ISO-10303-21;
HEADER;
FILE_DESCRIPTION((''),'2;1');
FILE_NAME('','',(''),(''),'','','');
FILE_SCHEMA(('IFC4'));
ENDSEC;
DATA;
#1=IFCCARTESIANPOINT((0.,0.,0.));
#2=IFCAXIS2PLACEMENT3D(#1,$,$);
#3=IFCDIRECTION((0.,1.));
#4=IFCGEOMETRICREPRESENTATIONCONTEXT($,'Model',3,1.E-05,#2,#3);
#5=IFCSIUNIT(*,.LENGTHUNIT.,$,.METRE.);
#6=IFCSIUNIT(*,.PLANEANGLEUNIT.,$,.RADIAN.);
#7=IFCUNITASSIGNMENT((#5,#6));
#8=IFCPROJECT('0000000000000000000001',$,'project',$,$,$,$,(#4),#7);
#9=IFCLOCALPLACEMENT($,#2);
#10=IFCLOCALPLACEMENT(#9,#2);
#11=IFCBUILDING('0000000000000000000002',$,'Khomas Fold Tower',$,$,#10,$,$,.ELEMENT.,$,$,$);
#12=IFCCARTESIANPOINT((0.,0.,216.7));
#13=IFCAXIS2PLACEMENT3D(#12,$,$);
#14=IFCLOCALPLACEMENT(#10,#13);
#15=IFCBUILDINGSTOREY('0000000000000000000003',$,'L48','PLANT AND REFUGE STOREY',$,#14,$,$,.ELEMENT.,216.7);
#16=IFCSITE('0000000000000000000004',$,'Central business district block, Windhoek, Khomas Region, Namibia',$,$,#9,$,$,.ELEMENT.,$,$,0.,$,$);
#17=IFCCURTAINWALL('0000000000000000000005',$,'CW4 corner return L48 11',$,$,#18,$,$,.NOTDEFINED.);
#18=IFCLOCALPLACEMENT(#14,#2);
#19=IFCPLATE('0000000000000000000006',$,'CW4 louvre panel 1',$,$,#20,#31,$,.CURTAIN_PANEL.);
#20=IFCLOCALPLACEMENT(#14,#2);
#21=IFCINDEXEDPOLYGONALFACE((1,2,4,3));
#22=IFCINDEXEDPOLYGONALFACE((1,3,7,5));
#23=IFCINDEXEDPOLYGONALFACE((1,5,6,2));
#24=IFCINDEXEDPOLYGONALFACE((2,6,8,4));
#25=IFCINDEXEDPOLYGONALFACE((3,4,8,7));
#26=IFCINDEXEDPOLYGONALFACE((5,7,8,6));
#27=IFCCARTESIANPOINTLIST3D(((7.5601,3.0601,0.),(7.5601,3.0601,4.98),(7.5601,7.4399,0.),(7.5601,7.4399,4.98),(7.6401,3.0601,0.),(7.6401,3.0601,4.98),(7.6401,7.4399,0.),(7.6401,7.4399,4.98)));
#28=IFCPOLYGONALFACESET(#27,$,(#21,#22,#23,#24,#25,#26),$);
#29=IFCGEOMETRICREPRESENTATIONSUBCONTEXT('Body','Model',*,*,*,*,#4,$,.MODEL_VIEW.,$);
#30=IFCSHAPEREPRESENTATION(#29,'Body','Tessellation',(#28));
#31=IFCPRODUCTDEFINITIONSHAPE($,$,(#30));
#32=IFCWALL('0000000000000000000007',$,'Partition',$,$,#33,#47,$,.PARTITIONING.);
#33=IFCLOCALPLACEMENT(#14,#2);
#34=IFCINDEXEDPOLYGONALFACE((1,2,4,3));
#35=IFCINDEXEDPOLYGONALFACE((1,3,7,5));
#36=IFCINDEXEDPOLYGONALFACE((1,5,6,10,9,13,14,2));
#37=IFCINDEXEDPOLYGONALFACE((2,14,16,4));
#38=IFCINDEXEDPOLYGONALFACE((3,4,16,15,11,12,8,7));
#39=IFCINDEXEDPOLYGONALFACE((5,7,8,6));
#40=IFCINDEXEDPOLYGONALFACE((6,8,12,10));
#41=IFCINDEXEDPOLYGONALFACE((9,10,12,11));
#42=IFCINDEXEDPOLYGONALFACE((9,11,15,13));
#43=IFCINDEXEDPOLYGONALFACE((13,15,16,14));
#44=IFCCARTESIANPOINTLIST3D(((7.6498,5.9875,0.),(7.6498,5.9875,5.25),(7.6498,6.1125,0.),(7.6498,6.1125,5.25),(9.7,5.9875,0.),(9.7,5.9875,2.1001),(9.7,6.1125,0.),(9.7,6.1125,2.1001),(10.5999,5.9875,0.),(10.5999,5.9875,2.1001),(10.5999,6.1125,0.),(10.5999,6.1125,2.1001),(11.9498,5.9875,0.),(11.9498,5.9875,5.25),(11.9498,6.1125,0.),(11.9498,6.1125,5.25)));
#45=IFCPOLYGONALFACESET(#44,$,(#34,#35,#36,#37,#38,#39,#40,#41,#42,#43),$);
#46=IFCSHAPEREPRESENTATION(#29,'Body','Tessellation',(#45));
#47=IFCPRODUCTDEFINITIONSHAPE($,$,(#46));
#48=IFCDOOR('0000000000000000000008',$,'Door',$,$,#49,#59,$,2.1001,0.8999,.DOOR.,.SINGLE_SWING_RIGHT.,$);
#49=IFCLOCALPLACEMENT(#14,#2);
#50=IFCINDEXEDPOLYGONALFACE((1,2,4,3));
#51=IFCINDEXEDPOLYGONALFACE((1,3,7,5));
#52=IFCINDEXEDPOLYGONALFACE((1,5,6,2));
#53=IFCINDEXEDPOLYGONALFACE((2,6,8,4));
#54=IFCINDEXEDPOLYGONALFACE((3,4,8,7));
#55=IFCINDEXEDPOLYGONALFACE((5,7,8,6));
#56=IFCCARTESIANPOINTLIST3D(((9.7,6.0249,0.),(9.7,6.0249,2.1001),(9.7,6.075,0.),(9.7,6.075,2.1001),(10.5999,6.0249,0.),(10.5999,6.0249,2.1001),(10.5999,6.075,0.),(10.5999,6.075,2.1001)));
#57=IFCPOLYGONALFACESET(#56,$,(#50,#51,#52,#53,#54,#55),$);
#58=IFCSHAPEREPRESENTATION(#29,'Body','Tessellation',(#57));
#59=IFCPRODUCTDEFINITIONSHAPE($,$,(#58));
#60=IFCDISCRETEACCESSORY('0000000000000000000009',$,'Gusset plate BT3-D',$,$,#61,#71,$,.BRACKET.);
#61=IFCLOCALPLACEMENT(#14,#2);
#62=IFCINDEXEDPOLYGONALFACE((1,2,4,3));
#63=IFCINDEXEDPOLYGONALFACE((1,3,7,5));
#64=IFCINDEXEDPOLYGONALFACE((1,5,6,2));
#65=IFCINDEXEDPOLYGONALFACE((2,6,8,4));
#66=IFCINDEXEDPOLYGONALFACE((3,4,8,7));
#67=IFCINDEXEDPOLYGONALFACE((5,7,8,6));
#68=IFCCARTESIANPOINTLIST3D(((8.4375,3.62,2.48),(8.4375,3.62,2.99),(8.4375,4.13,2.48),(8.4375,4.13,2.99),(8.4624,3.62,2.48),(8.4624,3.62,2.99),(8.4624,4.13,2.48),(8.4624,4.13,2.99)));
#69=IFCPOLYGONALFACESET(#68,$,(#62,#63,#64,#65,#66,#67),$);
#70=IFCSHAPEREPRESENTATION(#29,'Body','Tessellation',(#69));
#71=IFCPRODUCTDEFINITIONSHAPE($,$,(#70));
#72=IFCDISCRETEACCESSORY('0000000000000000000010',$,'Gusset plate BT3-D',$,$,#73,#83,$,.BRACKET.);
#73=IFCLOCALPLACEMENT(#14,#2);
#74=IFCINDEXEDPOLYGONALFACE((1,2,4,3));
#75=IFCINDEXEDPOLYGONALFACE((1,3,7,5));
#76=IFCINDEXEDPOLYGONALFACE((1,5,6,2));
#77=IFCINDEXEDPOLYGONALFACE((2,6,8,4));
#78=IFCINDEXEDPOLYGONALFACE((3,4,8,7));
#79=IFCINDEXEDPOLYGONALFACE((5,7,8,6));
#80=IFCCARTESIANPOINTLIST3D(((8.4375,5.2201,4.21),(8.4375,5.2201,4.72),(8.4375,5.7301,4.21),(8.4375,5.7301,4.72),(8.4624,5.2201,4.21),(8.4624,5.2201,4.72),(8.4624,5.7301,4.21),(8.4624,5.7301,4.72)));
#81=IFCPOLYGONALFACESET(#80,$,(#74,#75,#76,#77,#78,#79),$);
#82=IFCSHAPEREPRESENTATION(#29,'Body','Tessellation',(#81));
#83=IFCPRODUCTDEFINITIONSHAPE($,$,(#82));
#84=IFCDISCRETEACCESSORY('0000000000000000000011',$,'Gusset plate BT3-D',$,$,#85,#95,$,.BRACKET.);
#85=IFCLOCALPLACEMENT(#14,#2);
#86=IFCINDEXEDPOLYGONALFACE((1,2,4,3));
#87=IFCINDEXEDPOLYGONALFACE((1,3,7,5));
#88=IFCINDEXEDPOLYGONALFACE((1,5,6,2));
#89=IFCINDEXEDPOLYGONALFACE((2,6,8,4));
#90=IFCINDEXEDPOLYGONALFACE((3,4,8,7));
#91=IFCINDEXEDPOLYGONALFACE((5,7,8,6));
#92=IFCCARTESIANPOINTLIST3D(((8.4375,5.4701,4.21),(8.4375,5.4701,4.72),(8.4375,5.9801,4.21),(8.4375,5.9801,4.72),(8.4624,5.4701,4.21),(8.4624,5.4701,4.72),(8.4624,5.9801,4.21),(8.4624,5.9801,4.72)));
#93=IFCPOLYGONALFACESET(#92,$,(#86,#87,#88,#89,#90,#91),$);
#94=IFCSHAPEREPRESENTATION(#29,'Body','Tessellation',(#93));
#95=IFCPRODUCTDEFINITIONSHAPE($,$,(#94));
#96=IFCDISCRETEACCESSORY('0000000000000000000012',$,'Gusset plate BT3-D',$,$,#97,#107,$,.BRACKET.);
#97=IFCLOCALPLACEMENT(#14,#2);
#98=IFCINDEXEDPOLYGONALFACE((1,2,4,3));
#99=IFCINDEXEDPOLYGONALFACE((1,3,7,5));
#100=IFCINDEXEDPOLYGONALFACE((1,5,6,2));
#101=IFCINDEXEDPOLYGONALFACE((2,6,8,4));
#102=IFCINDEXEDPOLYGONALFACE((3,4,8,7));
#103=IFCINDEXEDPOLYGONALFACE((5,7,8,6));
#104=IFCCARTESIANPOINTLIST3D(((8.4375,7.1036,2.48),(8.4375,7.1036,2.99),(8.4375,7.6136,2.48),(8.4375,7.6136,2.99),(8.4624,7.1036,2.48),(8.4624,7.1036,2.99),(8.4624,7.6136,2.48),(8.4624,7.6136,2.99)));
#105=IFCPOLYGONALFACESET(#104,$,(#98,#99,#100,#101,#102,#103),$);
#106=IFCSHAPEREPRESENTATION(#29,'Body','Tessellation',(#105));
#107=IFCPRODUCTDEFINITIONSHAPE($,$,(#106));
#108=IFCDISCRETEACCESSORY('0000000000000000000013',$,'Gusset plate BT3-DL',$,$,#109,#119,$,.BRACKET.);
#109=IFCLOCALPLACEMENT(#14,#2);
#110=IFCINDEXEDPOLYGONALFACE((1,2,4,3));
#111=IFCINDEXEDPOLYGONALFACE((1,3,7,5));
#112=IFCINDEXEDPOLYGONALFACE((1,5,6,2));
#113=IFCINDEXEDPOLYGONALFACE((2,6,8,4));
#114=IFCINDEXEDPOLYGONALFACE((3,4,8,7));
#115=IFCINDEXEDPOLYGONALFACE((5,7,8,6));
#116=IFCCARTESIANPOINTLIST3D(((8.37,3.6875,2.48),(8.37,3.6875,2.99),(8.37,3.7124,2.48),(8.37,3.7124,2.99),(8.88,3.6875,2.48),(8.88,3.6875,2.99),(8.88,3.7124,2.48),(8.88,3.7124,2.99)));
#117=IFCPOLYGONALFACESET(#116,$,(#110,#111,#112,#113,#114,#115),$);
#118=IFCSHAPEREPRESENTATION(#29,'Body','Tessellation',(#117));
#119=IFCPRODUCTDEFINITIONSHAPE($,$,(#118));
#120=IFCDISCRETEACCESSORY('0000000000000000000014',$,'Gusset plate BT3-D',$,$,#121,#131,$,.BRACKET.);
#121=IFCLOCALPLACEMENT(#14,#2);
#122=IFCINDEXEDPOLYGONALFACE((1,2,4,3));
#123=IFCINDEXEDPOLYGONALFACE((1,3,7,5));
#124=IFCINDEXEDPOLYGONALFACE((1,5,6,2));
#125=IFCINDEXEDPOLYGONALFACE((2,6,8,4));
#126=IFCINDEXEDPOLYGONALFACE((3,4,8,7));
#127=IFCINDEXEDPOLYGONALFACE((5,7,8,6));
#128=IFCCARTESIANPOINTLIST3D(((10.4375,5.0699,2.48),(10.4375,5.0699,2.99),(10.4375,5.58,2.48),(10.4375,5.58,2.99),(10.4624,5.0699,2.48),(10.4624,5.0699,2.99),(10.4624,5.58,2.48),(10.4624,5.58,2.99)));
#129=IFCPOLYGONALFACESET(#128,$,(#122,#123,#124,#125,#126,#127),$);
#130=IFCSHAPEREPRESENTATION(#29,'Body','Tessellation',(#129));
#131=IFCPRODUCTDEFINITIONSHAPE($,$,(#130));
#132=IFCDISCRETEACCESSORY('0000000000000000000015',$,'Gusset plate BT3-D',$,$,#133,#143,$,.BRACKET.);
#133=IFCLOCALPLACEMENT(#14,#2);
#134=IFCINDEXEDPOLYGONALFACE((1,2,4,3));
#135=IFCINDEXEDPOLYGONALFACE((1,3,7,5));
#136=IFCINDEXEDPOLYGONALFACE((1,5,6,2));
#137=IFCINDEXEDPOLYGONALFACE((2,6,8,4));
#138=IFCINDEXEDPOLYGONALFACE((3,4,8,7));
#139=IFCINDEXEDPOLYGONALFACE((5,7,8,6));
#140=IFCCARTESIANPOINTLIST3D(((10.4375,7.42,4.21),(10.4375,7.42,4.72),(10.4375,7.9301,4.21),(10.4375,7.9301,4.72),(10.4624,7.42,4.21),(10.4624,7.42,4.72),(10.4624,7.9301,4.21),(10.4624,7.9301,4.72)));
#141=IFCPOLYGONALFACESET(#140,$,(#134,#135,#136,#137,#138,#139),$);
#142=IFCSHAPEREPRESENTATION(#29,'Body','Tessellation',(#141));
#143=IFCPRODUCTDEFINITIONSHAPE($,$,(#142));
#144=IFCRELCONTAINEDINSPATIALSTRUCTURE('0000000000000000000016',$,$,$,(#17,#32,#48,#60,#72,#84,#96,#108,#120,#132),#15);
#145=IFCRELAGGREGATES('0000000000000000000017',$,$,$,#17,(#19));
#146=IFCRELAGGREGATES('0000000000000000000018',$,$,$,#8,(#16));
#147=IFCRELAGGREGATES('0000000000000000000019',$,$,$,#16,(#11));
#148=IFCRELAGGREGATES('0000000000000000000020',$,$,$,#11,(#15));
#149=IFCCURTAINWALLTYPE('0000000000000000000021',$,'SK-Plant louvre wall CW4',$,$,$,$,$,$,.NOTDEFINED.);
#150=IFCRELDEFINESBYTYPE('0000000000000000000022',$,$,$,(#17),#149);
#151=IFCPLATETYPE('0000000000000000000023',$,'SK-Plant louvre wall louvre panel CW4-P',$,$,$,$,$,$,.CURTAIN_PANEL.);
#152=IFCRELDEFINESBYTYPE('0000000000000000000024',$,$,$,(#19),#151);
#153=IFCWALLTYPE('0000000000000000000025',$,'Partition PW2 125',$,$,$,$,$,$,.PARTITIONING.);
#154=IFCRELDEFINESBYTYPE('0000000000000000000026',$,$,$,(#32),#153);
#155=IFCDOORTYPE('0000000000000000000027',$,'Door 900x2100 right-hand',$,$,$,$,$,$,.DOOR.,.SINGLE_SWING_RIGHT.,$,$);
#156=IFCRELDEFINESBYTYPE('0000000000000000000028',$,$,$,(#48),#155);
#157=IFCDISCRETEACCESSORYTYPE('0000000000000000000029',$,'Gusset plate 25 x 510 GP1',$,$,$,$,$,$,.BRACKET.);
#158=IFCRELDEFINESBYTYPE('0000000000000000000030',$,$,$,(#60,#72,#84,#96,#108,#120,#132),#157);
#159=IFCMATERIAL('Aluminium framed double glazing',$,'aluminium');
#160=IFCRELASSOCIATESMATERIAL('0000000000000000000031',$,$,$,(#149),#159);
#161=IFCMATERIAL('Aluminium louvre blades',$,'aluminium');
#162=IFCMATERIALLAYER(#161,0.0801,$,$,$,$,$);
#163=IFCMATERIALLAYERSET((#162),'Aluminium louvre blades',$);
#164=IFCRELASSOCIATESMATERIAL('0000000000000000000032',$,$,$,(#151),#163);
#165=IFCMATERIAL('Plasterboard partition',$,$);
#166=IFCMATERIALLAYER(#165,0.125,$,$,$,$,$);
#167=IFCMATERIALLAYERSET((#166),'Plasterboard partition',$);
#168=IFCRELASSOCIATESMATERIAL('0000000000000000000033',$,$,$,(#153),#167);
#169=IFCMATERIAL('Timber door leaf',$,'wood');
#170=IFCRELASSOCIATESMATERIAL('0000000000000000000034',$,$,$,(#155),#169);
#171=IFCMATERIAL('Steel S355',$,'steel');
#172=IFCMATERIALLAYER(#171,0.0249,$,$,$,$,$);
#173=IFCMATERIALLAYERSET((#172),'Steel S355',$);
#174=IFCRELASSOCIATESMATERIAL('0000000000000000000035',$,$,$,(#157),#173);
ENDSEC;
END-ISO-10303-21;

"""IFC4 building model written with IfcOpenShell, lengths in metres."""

from ifc_helpers import new_model, si_unit, direction, frame, frame_2d, origin, origin_2d, place, context, subcontext, project, spatial, rectangle, extrude, source, transform, mapped, material, layer, layer_set, type_object, element, fill, aggregate, save


model = new_model("IFC4")

# Units and contexts
model_context = context("Model", 3, precision=1e-05, world=origin(), true_north=direction((0.0, 1.0)))
body_context = subcontext(model_context, "Body", "Model", "MODEL_VIEW")
ifc_project = project(units=[si_unit("LENGTHUNIT", "METRE"), si_unit("PLANEANGLEUNIT", "RADIAN")], contexts=[model_context])

# Site, building, storey
site_placement = place(None, origin())
site = spatial("IfcSite", under=ifc_project, at=site_placement, Name="Central business district block, Windhoek, Khomas Region, Namibia", CompositionType="ELEMENT", RefElevation=0.0)
building_placement = place(site_placement, origin())
building = spatial("IfcBuilding", under=site, at=building_placement, Name="Khomas Fold Tower", CompositionType="ELEMENT")
storey_placement = place(building_placement, frame((0.0, 0.0, 216.7)))
storey = spatial("IfcBuildingStorey", under=building, at=storey_placement, Name="L48", Description="PLANT AND REFUGE STOREY", CompositionType="ELEMENT", Elevation=216.7)

# Shared definitions
ifc_material_1 = material(Name="Aluminium framed double glazing", Category="aluminium")
curtain_wall_type = type_object("IfcCurtainWallType", Name="SK-Plant louvre wall CW4", PredefinedType="NOTDEFINED", material=ifc_material_1)

# Curtain wall
curtain_wall_1_placement = place(storey_placement, origin())
curtain_wall_1 = element("IfcCurtainWall", 1, at=curtain_wall_1_placement, inside=storey, type_object=curtain_wall_type, Name="CW4 corner return L48 11", PredefinedType="NOTDEFINED")

# Plate
ifc_material_2 = material(Name="Aluminium louvre blades", Category="aluminium")
ifc_layer_1 = layer(ifc_material_2, 0.0801)
ifc_layer_set_1 = layer_set([ifc_layer_1], Name="Aluminium louvre blades")
plate_type = type_object("IfcPlateType", Name="SK-Plant louvre wall louvre panel CW4-P", PredefinedType="CURTAIN_PANEL", material=ifc_layer_set_1)
shared_shape_1 = source(origin(), body_context, "Body", "SweptSolid", [
    extrude(rectangle(XDim=4.3799, YDim=0.0801, at=origin_2d()), origin(), (0.0, 0.0, 1.0), 4.98),
])
plate_1_placement = place(storey_placement, frame((7.6001, 5.25, 0.0), z_axis=(0.0, 0.0, 1.0), x_axis=(0.0, -1.0, 0.0)))
plate_1 = element("IfcPlate", 2, at=plate_1_placement, type_object=plate_type, Name="CW4 louvre panel 1", PredefinedType="CURTAIN_PANEL", context=body_context, shape_type="MappedRepresentation", body=[
    mapped(shared_shape_1, transform((0.0, 0.0, 0.0))),
])
aggregate(curtain_wall_1, [plate_1])

# Wall, opening, door
ifc_material_3 = material(Name="Plasterboard partition")
ifc_layer_2 = layer(ifc_material_3, 0.125)
ifc_layer_set_2 = layer_set([ifc_layer_2], Name="Plasterboard partition")
wall_type = type_object("IfcWallType", Name="Partition PW2 125", PredefinedType="PARTITIONING", material=ifc_layer_set_2)
shared_shape_2 = source(origin(), body_context, "Body", "SweptSolid", [
    extrude(rectangle(XDim=4.3, YDim=0.125, at=frame_2d((2.1499, 0.0))), origin(), (0.0, 0.0, 1.0), 5.25),
])
wall_placement = place(storey_placement, frame((7.6499, 6.05, 0.0), z_axis=(0.0, 0.0, 1.0), x_axis=(1.0, 0.0, 0.0)))
wall = element("IfcWall", 3, at=wall_placement, inside=storey, type_object=wall_type, Name="Partition", PredefinedType="PARTITIONING", context=body_context, shape_type="MappedRepresentation", body=[
    mapped(shared_shape_2, transform((0.0, 0.0, 0.0))),
])
shared_shape_3 = source(origin(), body_context, "Body", "SweptSolid", [
    extrude(rectangle(XDim=0.8999, YDim=2.1001, at=frame_2d((0.45, 1.05))), frame((0.0, 0.0725, 0.0), z_axis=(0.0, -1.0, 0.0), x_axis=(1.0, 0.0, 0.0)), (0.0, 0.0, 1.0), 0.145),
])
opening_placement = place(wall_placement, frame((2.05, 0.0, 0.0)))
opening = element("IfcOpeningElement", 4, at=opening_placement, cuts=wall, PredefinedType="OPENING", context=body_context, shape_type="MappedRepresentation", body=[
    mapped(shared_shape_3, transform((0.0, 0.0, 0.0))),
])
ifc_material_4 = material(Name="Timber door leaf", Category="wood")
door_type = type_object("IfcDoorType", Name="Door 900x2100 right-hand", OperationType="SINGLE_SWING_RIGHT", PredefinedType="DOOR", material=ifc_material_4)
shared_shape_4 = source(origin(), body_context, "Body", "SweptSolid", [
    extrude(rectangle(XDim=0.8999, YDim=2.1001, at=frame_2d((0.45, 1.05))), frame((0.0, 0.0249, 0.0), z_axis=(0.0, -1.0, 0.0), x_axis=(1.0, 0.0, 0.0)), (0.0, 0.0, 1.0), 0.05),
])
door_placement = place(opening_placement, origin())
door = element("IfcDoor", 5, at=door_placement, inside=storey, type_object=door_type, Name="Door", OperationType="SINGLE_SWING_RIGHT", OverallHeight=2.1001, OverallWidth=0.8999, PredefinedType="DOOR", context=body_context, shape_type="MappedRepresentation", body=[
    mapped(shared_shape_4, transform((0.0, 0.0, 0.0))),
])
fill(opening, door)

# Discrete accessories
ifc_material_5 = material(Name="Steel S355", Category="steel")
ifc_layer_3 = layer(ifc_material_5, 0.0249)
ifc_layer_set_3 = layer_set([ifc_layer_3], Name="Steel S355")
discrete_accessory_type = type_object("IfcDiscreteAccessoryType", Name="Gusset plate 25 x 510 GP1", PredefinedType="BRACKET", material=ifc_layer_set_3)
shared_shape_5 = source(origin(), body_context, "Body", "SweptSolid", [
    extrude(rectangle(XDim=0.51, YDim=0.0249, at=origin_2d()), origin(), (0.0, 0.0, 1.0), 0.51),
])
for number, where, z_axis, x_axis, name in (
    (6, (8.45, 3.875, 2.48), (0.0, 0.0, 1.0), (0.0, 1.0, 0.0), "Gusset plate BT3-D"),
    (7, (8.45, 5.4751, 4.21), (0.0, 0.0, 1.0), (0.0, 1.0, 0.0), "Gusset plate BT3-D"),
    (8, (8.45, 5.7251, 4.21), (0.0, 0.0, 1.0), (0.0, 1.0, 0.0), "Gusset plate BT3-D"),
    (9, (8.45, 7.3586, 2.48), (0.0, 0.0, 1.0), (0.0, 1.0, 0.0), "Gusset plate BT3-D"),
    (10, (8.625, 3.7, 2.48), (0.0, 0.0, 1.0), (1.0, 0.0, 0.0), "Gusset plate BT3-DL"),
    (11, (10.45, 5.325, 2.48), (0.0, 0.0, 1.0), (0.0, 1.0, 0.0), "Gusset plate BT3-D"),
    (12, (10.45, 7.675, 4.21), (0.0, 0.0, 1.0), (0.0, 1.0, 0.0), "Gusset plate BT3-D"),
):
    element("IfcDiscreteAccessory", number, at=place(storey_placement, frame(where, z_axis=z_axis, x_axis=x_axis)), inside=storey, type_object=discrete_accessory_type, Name=name, PredefinedType="BRACKET", context=body_context, shape_type="MappedRepresentation", body=[
        mapped(shared_shape_5, transform((0.0, 0.0, 0.0))),
    ])

save(model, "model.ifc")
